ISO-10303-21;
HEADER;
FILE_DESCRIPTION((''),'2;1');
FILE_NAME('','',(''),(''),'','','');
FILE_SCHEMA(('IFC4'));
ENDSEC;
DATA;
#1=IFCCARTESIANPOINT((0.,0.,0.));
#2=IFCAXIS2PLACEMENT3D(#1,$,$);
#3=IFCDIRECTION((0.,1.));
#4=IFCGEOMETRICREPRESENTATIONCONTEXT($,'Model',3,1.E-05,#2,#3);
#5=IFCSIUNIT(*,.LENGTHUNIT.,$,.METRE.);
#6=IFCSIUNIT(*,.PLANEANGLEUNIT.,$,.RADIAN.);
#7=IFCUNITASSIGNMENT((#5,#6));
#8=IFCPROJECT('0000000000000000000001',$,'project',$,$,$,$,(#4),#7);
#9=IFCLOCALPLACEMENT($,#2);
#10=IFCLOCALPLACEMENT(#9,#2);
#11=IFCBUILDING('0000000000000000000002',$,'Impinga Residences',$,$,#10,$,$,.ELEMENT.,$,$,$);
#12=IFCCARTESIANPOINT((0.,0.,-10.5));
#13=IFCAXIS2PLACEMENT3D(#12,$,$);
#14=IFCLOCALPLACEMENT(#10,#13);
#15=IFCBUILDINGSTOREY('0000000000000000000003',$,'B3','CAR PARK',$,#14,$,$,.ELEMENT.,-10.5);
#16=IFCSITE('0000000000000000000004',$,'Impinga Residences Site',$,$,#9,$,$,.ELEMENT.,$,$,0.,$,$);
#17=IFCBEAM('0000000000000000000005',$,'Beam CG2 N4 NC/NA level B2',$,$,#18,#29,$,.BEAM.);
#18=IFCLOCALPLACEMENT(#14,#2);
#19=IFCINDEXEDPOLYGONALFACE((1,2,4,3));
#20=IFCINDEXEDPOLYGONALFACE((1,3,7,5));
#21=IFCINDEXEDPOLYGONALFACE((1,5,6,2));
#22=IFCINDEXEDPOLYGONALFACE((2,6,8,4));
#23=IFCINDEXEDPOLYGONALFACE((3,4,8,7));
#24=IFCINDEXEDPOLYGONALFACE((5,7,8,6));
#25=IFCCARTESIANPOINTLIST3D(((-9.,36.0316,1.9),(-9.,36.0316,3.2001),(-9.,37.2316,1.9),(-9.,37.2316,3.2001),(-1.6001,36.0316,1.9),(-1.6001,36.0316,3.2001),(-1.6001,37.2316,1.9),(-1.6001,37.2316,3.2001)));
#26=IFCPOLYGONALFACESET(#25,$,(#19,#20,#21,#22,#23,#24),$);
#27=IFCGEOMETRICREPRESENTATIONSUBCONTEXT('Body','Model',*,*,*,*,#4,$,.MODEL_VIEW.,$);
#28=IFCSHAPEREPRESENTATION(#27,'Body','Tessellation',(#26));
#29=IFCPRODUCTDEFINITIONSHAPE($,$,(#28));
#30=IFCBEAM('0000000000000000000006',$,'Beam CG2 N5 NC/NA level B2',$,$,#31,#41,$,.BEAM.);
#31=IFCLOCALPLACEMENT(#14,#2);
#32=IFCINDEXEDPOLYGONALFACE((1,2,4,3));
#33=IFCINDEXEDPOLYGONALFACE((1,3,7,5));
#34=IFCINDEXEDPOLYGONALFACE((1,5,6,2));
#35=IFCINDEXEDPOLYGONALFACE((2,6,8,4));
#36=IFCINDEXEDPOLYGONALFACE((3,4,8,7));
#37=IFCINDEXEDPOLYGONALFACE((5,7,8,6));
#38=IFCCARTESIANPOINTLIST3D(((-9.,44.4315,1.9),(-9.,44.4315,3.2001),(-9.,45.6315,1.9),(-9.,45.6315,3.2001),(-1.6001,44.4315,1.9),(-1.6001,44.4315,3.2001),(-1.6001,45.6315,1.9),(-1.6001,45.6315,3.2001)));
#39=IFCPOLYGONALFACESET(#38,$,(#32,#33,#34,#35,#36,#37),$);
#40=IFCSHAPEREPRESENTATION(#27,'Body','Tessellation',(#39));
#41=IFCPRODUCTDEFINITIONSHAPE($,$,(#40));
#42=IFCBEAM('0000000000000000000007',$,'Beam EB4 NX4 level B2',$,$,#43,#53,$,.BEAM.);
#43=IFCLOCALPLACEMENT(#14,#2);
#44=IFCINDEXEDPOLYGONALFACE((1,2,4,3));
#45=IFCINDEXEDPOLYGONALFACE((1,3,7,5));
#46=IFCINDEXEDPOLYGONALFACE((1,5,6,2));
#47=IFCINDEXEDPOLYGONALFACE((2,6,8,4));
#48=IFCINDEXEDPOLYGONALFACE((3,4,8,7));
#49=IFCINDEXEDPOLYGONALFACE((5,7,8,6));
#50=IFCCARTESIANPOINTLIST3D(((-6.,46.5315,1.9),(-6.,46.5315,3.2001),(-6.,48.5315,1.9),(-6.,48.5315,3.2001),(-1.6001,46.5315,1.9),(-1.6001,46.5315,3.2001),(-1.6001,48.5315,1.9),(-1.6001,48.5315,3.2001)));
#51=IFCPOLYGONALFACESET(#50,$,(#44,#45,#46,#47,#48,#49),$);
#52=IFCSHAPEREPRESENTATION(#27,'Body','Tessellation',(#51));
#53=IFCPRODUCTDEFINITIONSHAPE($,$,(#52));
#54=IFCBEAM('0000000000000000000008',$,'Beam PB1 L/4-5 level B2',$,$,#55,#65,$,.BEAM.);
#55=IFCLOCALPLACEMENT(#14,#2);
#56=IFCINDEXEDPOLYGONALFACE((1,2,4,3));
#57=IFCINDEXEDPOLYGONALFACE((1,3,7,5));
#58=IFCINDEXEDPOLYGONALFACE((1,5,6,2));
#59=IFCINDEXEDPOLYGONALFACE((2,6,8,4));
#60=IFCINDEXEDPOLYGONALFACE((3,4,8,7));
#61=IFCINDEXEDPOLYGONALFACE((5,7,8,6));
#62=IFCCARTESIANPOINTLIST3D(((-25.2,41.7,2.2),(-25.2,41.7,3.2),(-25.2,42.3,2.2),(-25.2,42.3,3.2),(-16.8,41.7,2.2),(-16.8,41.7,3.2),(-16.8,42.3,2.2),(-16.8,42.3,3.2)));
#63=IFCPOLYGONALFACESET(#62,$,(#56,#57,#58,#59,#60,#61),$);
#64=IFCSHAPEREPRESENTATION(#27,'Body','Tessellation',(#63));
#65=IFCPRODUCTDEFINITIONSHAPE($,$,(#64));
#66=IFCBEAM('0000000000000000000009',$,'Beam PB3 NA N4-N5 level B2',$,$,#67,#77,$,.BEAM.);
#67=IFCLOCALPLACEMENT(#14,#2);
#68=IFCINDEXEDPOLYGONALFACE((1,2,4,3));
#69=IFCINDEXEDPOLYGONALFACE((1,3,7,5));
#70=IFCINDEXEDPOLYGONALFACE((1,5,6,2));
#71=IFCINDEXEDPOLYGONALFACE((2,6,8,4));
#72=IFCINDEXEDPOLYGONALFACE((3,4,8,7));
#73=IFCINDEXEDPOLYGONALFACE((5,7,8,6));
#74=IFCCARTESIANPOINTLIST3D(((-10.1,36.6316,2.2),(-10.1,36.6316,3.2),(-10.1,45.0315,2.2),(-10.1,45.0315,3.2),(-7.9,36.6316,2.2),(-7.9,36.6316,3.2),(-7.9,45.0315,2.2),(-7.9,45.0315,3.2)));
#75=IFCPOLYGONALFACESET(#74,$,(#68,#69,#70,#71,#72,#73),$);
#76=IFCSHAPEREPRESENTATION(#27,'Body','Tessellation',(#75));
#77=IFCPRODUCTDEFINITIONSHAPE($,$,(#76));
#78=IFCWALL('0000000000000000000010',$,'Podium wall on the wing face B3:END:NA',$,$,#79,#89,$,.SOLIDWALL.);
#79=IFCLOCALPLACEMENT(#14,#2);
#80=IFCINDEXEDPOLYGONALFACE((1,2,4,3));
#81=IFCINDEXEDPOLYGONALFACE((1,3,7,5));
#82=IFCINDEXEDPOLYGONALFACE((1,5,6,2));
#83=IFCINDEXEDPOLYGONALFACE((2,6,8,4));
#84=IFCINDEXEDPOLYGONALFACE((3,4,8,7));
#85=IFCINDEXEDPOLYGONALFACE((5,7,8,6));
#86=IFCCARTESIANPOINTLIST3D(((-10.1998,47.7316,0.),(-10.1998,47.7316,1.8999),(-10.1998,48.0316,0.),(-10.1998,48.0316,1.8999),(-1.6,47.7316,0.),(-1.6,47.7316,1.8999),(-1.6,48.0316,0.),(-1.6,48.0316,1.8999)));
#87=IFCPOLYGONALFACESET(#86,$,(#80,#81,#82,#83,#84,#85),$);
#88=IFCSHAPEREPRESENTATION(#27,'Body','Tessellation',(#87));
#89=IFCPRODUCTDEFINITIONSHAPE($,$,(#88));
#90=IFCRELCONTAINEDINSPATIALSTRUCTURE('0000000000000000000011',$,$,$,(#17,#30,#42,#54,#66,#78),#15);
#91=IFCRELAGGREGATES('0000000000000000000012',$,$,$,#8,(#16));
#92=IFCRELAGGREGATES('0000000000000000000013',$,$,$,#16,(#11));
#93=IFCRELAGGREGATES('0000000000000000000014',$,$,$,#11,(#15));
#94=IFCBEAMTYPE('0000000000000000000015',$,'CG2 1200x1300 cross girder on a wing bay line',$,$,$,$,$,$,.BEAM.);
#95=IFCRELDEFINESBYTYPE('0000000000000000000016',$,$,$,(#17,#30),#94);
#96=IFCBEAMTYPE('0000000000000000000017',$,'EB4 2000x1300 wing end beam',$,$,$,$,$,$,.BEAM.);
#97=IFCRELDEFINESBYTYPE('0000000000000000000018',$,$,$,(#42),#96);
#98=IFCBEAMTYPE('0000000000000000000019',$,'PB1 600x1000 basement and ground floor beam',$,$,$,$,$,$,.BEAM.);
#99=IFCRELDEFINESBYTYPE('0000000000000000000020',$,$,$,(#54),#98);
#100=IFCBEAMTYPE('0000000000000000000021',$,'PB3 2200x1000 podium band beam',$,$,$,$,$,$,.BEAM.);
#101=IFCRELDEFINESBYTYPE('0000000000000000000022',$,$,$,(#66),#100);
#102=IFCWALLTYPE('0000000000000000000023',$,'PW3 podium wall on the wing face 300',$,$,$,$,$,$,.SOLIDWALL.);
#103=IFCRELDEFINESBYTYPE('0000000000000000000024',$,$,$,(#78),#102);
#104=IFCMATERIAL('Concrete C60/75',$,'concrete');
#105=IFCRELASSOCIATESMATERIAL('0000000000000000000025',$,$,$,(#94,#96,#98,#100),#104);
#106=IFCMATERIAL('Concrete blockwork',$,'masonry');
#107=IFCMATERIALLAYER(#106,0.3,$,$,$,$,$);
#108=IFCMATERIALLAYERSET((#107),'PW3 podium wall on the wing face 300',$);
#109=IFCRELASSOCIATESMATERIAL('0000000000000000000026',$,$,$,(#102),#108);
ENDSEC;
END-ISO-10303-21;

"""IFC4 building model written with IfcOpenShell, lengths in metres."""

from ifc_helpers import new_model, si_unit, direction, frame, frame_2d, origin, origin_2d, place, context, subcontext, project, spatial, rectangle, extrude, material, layer, layer_set, material_profile, profile_set, type_object, element, save


model = new_model("IFC4")

# Units and contexts
model_context = context("Model", 3, precision=1e-05, world=origin(), true_north=direction((0.0, 1.0)))
body_context = subcontext(model_context, "Body", "Model", "MODEL_VIEW")
ifc_project = project(units=[si_unit("LENGTHUNIT", "METRE"), si_unit("PLANEANGLEUNIT", "RADIAN")], contexts=[model_context])

# Site, building, storey
site_placement = place(None, origin())
site = spatial("IfcSite", under=ifc_project, at=site_placement, Name="Impinga Residences Site", CompositionType="ELEMENT", RefElevation=0.0)
building_placement = place(site_placement, origin())
building = spatial("IfcBuilding", under=site, at=building_placement, Name="Impinga Residences", CompositionType="ELEMENT")
storey_placement = place(building_placement, frame((0.0, 0.0, -10.5)))
storey = spatial("IfcBuildingStorey", under=building, at=storey_placement, Name="B3", Description="CAR PARK", CompositionType="ELEMENT", Elevation=-10.5)

# Beams
ifc_material_1 = material(Name="Concrete C60/75", Category="concrete")
ifc_material_profile_1 = material_profile(ifc_material_1, rectangle(XDim=1.2, YDim=1.3, at=origin_2d()), Name="RC 1200x1300")
ifc_profile_set_1 = profile_set([ifc_material_profile_1], Name="Concrete C60/75")
beam_type_1 = type_object("IfcBeamType", Name="CG2 1200x1300 cross girder on a wing bay line", PredefinedType="BEAM", material=ifc_profile_set_1)
for number, where, z_axis, x_axis, name in (
    (1, (-1.6001, 36.6316, 2.55), (-1.0, 0.0, 0.0), (0.0, -1.0, 0.0), "Beam CG2 N4 NC/NA level B2"),
    (2, (-1.6001, 45.0315, 2.55), (-1.0, 0.0, 0.0), (0.0, -1.0, 0.0), "Beam CG2 N5 NC/NA level B2"),
):
    element("IfcBeam", number, at=place(storey_placement, frame(where, z_axis=z_axis, x_axis=x_axis)), inside=storey, type_object=beam_type_1, Name=name, PredefinedType="BEAM", context=body_context, shape_type="SweptSolid", body=[
        extrude(rectangle(XDim=1.2, YDim=1.3, at=origin_2d()), origin(), (0.0, 0.0, 1.0), 7.3999),
    ])
ifc_material_profile_2 = material_profile(ifc_material_1, rectangle(XDim=2.0, YDim=1.3, at=origin_2d()), Name="RC 2000x1300")
ifc_profile_set_2 = profile_set([ifc_material_profile_2], Name="Concrete C60/75")
beam_type_2 = type_object("IfcBeamType", Name="EB4 2000x1300 wing end beam", PredefinedType="BEAM", material=ifc_profile_set_2)
beam_1_placement = place(storey_placement, frame((-6.0, 47.5315, 2.55), z_axis=(1.0, 0.0, 0.0), x_axis=(0.0, 1.0, 0.0)))
element("IfcBeam", 3, at=beam_1_placement, inside=storey, type_object=beam_type_2, Name="Beam EB4 NX4 level B2", PredefinedType="BEAM", context=body_context, shape_type="SweptSolid", body=[
    extrude(rectangle(XDim=2.0, YDim=1.3, at=origin_2d()), origin(), (0.0, 0.0, 1.0), 4.3999),
])
ifc_material_profile_3 = material_profile(ifc_material_1, rectangle(XDim=0.6001, YDim=1.0, at=origin_2d()), Name="RC 600x1000")
ifc_profile_set_3 = profile_set([ifc_material_profile_3], Name="Concrete C60/75")
beam_type_3 = type_object("IfcBeamType", Name="PB1 600x1000 basement and ground floor beam", PredefinedType="BEAM", material=ifc_profile_set_3)
beam_2_placement = place(storey_placement, frame((-25.2, 42.0, 2.7), z_axis=(1.0, 0.0, 0.0), x_axis=(0.0, 1.0, 0.0)))
element("IfcBeam", 4, at=beam_2_placement, inside=storey, type_object=beam_type_3, Name="Beam PB1 L/4-5 level B2", PredefinedType="BEAM", context=body_context, shape_type="SweptSolid", body=[
    extrude(rectangle(XDim=0.6001, YDim=1.0, at=origin_2d()), origin(), (0.0, 0.0, 1.0), 8.3999),
])
ifc_material_profile_4 = material_profile(ifc_material_1, rectangle(XDim=2.2, YDim=1.0, at=origin_2d()), Name="RC 2200x1000")
ifc_profile_set_4 = profile_set([ifc_material_profile_4], Name="Concrete C60/75")
beam_type_4 = type_object("IfcBeamType", Name="PB3 2200x1000 podium band beam", PredefinedType="BEAM", material=ifc_profile_set_4)
beam_3_placement = place(storey_placement, frame((-9.0, 36.6316, 2.7), z_axis=(0.0, 1.0, 0.0), x_axis=(-1.0, 0.0, 0.0)))
element("IfcBeam", 5, at=beam_3_placement, inside=storey, type_object=beam_type_4, Name="Beam PB3 NA N4-N5 level B2", PredefinedType="BEAM", context=body_context, shape_type="SweptSolid", body=[
    extrude(rectangle(XDim=2.2, YDim=1.0, at=origin_2d()), origin(), (0.0, 0.0, 1.0), 8.3999),
])

# Wall
ifc_material_2 = material(Name="Concrete blockwork", Category="masonry")
ifc_layer = layer(ifc_material_2, 0.3)
ifc_layer_set = layer_set([ifc_layer], Name="PW3 podium wall on the wing face 300")
wall_type = type_object("IfcWallType", Name="PW3 podium wall on the wing face 300", PredefinedType="SOLIDWALL", material=ifc_layer_set)
wall_placement = place(storey_placement, frame((-1.6001, 47.8816, 0.0), z_axis=(0.0, 0.0, 1.0), x_axis=(-1.0, 0.0, 0.0)))
element("IfcWall", 6, at=wall_placement, inside=storey, type_object=wall_type, Name="Podium wall on the wing face B3:END:NA", PredefinedType="SOLIDWALL", context=body_context, shape_type="SweptSolid", body=[
    extrude(rectangle(XDim=8.5999, YDim=0.3, at=frame_2d((4.2998, 0.0))), origin(), (0.0, 0.0, 1.0), 1.8999),
])

save(model, "model.ifc")
